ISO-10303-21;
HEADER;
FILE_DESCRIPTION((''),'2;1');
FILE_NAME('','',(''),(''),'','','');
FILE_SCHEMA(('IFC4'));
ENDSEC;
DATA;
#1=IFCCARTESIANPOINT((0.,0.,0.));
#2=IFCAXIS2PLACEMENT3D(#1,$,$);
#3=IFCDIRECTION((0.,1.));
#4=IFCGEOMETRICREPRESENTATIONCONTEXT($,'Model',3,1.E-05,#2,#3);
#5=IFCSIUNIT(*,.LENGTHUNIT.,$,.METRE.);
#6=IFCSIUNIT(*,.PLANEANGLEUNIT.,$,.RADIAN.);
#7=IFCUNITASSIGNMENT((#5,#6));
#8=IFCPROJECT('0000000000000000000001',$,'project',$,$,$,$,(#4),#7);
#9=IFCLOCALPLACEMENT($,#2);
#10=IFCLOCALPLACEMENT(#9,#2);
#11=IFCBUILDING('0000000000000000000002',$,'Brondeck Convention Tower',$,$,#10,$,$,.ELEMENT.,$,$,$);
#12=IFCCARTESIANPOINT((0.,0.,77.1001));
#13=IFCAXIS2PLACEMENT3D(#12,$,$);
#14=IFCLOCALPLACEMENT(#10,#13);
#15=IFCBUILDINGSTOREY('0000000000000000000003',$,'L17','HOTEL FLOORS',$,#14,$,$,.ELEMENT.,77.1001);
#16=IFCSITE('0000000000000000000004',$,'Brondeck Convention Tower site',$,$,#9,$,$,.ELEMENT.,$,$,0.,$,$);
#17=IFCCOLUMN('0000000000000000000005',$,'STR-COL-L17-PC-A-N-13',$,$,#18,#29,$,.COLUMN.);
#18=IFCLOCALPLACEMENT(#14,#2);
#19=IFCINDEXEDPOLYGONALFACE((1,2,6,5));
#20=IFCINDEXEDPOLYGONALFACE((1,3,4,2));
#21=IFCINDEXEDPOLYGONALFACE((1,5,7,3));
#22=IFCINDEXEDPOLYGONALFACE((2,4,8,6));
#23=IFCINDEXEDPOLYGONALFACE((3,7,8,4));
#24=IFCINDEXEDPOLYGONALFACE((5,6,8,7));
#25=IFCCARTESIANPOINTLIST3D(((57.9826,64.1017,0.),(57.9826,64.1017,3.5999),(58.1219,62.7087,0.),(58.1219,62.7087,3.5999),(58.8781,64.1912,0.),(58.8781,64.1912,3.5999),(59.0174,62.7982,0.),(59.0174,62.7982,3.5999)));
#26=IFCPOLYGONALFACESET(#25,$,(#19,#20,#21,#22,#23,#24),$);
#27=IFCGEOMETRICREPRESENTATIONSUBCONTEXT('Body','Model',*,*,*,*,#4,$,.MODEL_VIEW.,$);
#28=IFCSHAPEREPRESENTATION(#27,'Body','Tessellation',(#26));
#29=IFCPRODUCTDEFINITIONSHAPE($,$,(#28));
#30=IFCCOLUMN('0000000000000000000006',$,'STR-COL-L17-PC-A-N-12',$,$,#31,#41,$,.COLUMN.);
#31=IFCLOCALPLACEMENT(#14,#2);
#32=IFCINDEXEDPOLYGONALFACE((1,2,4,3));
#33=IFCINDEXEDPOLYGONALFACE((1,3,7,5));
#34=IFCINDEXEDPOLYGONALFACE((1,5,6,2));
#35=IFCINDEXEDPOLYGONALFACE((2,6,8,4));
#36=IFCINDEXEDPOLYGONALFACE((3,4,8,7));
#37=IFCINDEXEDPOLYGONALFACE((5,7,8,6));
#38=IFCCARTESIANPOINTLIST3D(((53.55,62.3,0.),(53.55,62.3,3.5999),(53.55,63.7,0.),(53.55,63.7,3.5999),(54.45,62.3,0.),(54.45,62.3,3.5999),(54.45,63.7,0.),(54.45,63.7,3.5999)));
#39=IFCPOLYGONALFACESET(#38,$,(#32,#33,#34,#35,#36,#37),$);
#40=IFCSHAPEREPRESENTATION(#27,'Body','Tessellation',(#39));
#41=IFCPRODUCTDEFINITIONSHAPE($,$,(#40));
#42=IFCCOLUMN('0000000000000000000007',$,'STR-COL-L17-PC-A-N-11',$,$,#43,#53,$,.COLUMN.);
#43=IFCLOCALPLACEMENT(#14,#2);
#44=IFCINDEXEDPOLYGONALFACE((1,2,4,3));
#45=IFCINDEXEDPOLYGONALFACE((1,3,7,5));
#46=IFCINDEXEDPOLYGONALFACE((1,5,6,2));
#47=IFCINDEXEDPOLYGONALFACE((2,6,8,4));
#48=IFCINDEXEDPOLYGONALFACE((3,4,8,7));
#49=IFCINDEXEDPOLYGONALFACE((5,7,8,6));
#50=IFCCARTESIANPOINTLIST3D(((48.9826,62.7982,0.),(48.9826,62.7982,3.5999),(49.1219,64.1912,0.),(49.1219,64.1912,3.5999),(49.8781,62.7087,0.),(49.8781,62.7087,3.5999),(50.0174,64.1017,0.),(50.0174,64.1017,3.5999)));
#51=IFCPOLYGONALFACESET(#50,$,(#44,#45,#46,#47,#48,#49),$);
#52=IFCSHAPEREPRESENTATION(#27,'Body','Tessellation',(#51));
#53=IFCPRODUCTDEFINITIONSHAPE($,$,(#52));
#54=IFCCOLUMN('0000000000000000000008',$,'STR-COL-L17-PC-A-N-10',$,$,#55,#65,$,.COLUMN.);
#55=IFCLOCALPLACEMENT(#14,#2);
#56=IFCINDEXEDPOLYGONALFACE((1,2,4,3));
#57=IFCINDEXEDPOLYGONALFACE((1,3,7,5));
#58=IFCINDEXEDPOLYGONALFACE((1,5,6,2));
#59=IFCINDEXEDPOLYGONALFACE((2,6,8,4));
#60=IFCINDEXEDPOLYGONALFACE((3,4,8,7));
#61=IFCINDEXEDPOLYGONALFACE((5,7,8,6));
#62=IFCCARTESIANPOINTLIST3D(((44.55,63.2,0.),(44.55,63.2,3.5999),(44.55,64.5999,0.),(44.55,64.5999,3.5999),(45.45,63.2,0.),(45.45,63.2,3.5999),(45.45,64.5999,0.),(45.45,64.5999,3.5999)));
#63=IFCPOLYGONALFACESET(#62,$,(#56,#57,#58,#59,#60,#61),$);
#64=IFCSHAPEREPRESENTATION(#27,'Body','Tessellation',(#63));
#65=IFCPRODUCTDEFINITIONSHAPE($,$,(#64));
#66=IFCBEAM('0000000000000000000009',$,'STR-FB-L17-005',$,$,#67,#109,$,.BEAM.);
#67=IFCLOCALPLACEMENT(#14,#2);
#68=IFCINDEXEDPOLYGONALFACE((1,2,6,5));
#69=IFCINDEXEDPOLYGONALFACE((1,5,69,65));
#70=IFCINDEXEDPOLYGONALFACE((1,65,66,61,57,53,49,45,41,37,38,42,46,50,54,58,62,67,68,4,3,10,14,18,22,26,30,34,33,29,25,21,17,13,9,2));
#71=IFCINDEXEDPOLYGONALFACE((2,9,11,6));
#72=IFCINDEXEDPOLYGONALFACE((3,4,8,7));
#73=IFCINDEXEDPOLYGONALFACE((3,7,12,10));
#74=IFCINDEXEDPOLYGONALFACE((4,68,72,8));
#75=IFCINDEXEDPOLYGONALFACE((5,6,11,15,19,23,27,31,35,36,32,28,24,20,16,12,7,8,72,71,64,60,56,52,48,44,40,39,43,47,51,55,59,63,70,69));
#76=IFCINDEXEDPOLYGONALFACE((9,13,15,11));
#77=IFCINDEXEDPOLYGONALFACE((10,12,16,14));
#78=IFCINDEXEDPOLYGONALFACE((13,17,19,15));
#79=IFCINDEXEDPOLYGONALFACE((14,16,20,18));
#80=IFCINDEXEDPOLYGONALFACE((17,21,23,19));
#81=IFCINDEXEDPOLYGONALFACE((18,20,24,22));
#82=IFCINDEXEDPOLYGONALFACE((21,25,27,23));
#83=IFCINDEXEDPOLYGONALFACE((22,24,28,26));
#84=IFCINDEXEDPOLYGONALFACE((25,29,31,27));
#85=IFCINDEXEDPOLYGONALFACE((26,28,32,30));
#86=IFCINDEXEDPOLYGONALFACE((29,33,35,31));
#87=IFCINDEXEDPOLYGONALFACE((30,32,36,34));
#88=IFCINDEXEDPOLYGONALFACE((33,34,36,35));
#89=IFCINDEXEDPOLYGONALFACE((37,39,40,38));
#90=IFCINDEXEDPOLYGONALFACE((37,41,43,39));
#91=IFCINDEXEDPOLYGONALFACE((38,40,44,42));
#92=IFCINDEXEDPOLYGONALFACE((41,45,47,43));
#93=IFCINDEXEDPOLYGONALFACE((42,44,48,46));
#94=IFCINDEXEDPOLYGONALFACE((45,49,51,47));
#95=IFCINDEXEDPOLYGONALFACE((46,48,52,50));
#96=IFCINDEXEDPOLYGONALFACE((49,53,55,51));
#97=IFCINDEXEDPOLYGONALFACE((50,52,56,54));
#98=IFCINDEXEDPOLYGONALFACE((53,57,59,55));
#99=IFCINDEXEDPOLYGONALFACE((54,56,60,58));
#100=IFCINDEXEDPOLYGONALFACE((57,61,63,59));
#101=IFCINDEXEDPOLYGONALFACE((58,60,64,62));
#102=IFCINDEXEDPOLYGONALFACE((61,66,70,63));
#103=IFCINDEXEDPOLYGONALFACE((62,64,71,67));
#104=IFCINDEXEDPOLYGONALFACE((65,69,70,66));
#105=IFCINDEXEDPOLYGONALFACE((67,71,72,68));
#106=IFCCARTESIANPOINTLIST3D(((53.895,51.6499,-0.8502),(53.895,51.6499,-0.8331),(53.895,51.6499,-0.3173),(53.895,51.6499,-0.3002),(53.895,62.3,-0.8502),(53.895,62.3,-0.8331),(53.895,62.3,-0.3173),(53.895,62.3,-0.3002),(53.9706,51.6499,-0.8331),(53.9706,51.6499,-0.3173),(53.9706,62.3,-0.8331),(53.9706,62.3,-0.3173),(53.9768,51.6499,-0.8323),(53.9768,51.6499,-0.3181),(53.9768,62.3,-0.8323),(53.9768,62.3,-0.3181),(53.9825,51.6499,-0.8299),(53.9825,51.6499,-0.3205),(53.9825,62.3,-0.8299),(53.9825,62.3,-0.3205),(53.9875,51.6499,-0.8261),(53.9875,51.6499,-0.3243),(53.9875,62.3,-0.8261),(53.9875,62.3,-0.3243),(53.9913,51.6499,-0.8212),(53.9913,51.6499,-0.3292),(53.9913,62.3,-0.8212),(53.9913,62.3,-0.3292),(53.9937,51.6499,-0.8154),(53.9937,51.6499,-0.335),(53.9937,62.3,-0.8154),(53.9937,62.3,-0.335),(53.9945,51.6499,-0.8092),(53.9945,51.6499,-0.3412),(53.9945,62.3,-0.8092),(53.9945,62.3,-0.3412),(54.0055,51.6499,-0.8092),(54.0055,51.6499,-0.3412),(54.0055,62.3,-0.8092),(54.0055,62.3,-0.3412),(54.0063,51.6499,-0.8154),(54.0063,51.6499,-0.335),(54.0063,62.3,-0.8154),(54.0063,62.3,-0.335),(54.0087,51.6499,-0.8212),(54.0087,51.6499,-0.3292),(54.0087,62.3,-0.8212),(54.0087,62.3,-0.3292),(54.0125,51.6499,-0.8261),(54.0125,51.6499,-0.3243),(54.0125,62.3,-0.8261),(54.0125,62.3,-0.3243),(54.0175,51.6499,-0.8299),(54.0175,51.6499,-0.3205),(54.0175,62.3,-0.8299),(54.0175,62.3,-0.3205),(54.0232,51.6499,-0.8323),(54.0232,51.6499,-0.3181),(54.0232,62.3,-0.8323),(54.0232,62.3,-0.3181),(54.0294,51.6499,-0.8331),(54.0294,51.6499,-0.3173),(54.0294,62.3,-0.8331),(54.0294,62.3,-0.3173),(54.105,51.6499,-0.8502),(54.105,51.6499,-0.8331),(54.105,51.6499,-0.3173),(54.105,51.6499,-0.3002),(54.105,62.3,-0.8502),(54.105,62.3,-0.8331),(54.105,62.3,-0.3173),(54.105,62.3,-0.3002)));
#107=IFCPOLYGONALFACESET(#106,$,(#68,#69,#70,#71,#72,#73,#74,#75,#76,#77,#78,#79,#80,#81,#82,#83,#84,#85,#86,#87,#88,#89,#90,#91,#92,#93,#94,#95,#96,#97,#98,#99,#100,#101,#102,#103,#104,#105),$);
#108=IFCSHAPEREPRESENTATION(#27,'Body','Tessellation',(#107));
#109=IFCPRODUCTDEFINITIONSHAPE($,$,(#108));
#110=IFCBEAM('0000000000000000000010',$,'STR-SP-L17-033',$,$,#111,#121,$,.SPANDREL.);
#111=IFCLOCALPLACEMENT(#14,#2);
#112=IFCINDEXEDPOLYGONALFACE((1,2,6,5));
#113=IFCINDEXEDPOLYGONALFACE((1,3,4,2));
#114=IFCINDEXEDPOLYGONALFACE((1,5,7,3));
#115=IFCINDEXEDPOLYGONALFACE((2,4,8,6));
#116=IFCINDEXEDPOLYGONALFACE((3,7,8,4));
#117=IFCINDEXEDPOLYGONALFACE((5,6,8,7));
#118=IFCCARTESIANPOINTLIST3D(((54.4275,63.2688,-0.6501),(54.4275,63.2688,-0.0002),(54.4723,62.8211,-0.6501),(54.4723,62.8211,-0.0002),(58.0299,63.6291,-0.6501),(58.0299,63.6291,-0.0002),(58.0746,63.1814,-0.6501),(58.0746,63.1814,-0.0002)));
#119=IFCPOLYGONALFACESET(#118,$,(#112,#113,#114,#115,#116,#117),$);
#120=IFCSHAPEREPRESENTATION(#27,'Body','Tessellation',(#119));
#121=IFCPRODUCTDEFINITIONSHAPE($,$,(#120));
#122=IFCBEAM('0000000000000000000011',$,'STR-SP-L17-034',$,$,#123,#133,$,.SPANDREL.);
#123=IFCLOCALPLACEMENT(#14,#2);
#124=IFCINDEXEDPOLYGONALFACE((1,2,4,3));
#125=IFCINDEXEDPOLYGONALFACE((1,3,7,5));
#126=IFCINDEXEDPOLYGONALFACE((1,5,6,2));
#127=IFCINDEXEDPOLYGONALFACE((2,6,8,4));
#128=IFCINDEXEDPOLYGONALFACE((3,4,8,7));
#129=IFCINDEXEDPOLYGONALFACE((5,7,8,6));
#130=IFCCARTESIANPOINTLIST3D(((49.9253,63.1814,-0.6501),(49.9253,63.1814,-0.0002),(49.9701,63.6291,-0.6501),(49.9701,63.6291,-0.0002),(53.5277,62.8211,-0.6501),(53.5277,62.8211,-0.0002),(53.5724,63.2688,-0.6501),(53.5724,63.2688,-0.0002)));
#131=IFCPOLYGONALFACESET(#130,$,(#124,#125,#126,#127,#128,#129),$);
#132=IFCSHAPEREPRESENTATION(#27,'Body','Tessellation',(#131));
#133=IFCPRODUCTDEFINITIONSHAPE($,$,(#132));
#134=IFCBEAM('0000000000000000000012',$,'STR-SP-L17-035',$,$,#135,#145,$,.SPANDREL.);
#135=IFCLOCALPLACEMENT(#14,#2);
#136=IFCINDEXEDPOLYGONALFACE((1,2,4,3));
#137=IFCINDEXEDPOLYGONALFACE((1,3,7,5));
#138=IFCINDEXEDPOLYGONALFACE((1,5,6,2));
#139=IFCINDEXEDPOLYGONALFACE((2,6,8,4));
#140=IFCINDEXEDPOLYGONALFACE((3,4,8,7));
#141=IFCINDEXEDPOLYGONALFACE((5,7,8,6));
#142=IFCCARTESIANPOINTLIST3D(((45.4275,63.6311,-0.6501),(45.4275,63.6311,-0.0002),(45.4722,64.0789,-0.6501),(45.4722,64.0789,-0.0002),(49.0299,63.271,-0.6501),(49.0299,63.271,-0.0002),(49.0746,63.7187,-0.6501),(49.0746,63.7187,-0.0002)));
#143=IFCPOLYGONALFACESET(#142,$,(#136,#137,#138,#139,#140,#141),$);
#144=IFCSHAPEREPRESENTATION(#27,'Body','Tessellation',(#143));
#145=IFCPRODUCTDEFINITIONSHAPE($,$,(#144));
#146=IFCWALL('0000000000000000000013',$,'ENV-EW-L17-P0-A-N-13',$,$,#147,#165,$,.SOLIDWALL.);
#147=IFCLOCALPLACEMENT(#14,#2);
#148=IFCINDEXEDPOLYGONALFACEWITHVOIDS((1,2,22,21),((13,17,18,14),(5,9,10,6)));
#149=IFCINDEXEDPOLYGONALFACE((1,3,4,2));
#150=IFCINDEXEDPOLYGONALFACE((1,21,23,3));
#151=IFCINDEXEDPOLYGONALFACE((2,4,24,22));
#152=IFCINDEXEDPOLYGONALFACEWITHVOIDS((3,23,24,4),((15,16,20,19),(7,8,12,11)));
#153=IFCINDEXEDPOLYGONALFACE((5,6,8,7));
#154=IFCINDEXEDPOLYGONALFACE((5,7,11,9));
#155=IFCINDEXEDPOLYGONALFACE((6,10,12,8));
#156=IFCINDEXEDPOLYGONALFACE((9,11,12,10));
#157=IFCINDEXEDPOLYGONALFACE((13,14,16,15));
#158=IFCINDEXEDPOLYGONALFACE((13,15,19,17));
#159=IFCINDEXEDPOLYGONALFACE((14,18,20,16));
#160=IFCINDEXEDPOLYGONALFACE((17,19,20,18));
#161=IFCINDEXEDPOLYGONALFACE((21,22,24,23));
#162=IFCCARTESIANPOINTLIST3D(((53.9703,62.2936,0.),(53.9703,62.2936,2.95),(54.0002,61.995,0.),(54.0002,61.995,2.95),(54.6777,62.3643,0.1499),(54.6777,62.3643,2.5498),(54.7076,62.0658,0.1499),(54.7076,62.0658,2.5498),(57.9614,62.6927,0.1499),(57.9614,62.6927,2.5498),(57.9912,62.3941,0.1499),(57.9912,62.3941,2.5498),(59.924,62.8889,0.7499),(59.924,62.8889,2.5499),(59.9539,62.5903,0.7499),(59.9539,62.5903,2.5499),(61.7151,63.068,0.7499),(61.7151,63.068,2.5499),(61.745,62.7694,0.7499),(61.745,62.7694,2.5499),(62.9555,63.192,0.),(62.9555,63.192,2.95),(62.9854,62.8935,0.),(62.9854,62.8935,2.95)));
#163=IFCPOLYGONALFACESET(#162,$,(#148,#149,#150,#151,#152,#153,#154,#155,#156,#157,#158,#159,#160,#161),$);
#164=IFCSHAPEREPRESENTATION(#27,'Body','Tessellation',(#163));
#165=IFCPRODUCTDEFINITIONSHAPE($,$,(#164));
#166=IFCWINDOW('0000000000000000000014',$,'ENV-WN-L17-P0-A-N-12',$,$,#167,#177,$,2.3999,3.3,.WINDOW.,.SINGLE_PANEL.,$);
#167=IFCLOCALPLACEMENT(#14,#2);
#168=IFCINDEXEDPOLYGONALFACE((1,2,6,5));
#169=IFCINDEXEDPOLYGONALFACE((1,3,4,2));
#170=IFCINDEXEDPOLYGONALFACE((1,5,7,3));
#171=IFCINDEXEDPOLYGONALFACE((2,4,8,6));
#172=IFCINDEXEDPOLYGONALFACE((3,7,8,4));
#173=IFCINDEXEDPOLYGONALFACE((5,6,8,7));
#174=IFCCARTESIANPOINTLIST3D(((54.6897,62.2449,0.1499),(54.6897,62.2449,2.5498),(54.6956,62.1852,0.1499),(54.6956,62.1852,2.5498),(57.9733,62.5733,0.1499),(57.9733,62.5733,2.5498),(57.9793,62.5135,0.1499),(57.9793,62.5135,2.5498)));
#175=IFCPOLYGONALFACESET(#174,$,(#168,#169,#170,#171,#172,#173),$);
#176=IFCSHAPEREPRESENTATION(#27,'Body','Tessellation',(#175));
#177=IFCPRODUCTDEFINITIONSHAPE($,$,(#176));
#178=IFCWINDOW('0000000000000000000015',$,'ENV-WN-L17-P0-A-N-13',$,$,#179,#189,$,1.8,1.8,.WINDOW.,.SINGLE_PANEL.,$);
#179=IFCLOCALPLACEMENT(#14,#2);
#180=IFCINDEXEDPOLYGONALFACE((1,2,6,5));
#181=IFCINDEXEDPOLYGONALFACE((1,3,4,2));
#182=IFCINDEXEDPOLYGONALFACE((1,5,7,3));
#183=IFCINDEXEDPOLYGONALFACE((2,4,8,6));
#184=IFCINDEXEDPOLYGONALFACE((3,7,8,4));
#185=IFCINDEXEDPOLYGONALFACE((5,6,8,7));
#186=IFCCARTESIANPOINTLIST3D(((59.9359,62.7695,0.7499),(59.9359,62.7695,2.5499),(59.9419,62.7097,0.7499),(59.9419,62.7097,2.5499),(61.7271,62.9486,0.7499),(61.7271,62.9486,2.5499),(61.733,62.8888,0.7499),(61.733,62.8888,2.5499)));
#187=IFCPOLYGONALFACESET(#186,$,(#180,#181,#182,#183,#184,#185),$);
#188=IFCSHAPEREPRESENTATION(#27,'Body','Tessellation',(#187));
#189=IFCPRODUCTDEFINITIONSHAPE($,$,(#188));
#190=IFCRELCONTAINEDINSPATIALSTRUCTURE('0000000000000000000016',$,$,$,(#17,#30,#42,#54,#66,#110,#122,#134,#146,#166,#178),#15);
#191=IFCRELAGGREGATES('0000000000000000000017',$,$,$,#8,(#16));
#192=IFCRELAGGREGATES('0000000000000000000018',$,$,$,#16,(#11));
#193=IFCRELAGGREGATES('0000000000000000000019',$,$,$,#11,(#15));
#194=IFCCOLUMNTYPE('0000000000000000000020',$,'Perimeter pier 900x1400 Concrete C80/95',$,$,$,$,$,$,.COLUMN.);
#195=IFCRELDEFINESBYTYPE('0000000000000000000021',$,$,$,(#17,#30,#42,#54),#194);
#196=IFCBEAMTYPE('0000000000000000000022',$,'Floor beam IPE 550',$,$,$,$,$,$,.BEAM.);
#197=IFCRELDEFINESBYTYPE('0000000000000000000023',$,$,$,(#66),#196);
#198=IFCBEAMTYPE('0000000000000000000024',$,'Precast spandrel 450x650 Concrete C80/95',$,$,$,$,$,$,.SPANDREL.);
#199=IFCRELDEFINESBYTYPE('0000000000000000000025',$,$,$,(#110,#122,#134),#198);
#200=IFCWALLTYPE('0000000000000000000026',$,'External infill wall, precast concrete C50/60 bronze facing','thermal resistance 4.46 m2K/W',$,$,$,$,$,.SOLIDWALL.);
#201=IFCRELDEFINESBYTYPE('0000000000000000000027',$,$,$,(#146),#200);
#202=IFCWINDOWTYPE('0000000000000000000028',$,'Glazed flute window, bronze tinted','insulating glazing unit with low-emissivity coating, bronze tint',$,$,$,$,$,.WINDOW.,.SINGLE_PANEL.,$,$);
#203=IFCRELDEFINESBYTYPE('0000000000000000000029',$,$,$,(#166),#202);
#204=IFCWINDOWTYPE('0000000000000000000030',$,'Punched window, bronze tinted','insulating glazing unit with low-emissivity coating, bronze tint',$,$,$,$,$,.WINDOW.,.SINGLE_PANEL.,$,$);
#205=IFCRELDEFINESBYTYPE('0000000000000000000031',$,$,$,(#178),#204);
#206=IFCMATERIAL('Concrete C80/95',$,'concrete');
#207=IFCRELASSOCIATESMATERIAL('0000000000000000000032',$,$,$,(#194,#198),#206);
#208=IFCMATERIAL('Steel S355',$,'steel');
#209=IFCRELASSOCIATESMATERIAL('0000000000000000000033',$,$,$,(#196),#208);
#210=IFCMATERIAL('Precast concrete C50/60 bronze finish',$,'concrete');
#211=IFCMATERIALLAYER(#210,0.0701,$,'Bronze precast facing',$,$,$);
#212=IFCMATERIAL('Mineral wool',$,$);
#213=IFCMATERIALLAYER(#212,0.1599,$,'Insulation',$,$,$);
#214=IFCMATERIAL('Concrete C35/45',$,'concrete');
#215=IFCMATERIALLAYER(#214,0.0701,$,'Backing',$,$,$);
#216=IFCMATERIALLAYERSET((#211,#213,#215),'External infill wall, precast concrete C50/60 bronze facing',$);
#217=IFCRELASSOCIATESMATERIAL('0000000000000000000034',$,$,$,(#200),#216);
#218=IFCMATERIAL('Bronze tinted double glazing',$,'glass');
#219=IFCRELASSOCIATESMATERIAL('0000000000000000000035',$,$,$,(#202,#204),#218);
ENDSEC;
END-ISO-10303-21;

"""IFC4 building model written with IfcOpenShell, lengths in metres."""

from ifc_helpers import new_model, si_unit, direction, frame, frame_2d, origin, origin_2d, place, context, subcontext, project, spatial, rectangle, i_section, extrude, material, layer, layer_set, material_profile, profile_set, type_object, element, fill, save


model = new_model("IFC4")

# Units and contexts
model_context = context("Model", 3, precision=1e-05, world=origin(), true_north=direction((0.0, 1.0)))
body_context = subcontext(model_context, "Body", "Model", "MODEL_VIEW")
ifc_project = project(units=[si_unit("LENGTHUNIT", "METRE"), si_unit("PLANEANGLEUNIT", "RADIAN")], contexts=[model_context])

# Site, building, storey
site_placement = place(None, origin())
site = spatial("IfcSite", under=ifc_project, at=site_placement, Name="Brondeck Convention Tower site", CompositionType="ELEMENT", RefElevation=0.0)
building_placement = place(site_placement, origin())
building = spatial("IfcBuilding", under=site, at=building_placement, Name="Brondeck Convention Tower", CompositionType="ELEMENT")
storey_placement = place(building_placement, frame((0.0, 0.0, 77.1001)))
storey = spatial("IfcBuildingStorey", under=building, at=storey_placement, Name="L17", Description="HOTEL FLOORS", CompositionType="ELEMENT", Elevation=77.1001)

# Columns
ifc_material_1 = material(Name="Concrete C80/95", Category="concrete")
ifc_material_profile_1 = material_profile(ifc_material_1, rectangle(XDim=0.8999, YDim=1.3999, at=origin_2d()), Name="Perimeter pier 900x1400 Concrete C80/95")
ifc_profile_set_1 = profile_set([ifc_material_profile_1], Name="Concrete C80/95")
column_type = type_object("IfcColumnType", Name="Perimeter pier 900x1400 Concrete C80/95", PredefinedType="COLUMN", material=ifc_profile_set_1)
for number, where, z_axis, x_axis, name in (
    (1, (58.5, 63.45, 0.0), (0.0, 0.0, 1.0), (-0.995037, -0.099504, 0.0), "STR-COL-L17-PC-A-N-13"),
    (2, (54.0, 63.0, 0.0), (0.0, 0.0, 1.0), (-1.0, 0.0, 0.0), "STR-COL-L17-PC-A-N-12"),
    (3, (49.5, 63.45, 0.0), (0.0, 0.0, 1.0), (-0.995037, 0.099504, 0.0), "STR-COL-L17-PC-A-N-11"),
    (4, (45.0, 63.8999, 0.0), (0.0, 0.0, 1.0), (-1.0, 0.0, 0.0), "STR-COL-L17-PC-A-N-10"),
):
    element("IfcColumn", number, at=place(storey_placement, frame(where, z_axis=z_axis, x_axis=x_axis)), inside=storey, type_object=column_type, Name=name, PredefinedType="COLUMN", context=body_context, shape_type="SweptSolid", body=[
        extrude(rectangle(XDim=0.8999, YDim=1.3999, at=origin_2d()), origin(), (0.0, 0.0, 1.0), 3.5999),
    ])

# Beams
ifc_material_2 = material(Name="Steel S355", Category="steel")
ifc_material_profile_2 = material_profile(ifc_material_2, i_section(OverallWidth=0.21, OverallDepth=0.55, WebThickness=0.011, FlangeThickness=0.0171, FilletRadius=0.0239, at=origin_2d()), Name="IPE 550")
ifc_profile_set_2 = profile_set([ifc_material_profile_2], Name="Steel S355")
beam_type_1 = type_object("IfcBeamType", Name="Floor beam IPE 550", PredefinedType="BEAM", material=ifc_profile_set_2)
beam_placement = place(storey_placement, frame((54.0, 51.6499, -0.5752), z_axis=(0.0, 1.0, 0.0), x_axis=(-1.0, 0.0, 0.0)))
element("IfcBeam", 5, at=beam_placement, inside=storey, type_object=beam_type_1, Name="STR-FB-L17-005", PredefinedType="BEAM", context=body_context, shape_type="SweptSolid", body=[
    extrude(i_section(OverallWidth=0.21, OverallDepth=0.55, WebThickness=0.011, FlangeThickness=0.0171, FilletRadius=0.0239, at=origin_2d()), origin(), (0.0, 0.0, 1.0), 10.6501),
])
ifc_material_profile_3 = material_profile(ifc_material_1, rectangle(XDim=0.45, YDim=0.6499, at=origin_2d()), Name="Precast spandrel 450x650 Concrete C80/95")
ifc_profile_set_3 = profile_set([ifc_material_profile_3], Name="Concrete C80/95")
beam_type_2 = type_object("IfcBeamType", Name="Precast spandrel 450x650 Concrete C80/95", PredefinedType="SPANDREL", material=ifc_profile_set_3)
for number, where, z_axis, x_axis, name in (
    (6, (58.0522, 63.4053, -0.3252), (-0.995034, -0.099537, 0.0), (0.099537, -0.995034, 0.0), "STR-SP-L17-033"),
    (7, (53.55, 63.0449, -0.3252), (-0.995034, 0.099537, 0.0), (-0.099537, -0.995034, 0.0), "STR-SP-L17-034"),
    (8, (49.0522, 63.4949, -0.3252), (-0.995041, 0.09947, 0.0), (-0.09947, -0.995041, 0.0), "STR-SP-L17-035"),
):
    element("IfcBeam", number, at=place(storey_placement, frame(where, z_axis=z_axis, x_axis=x_axis)), inside=storey, type_object=beam_type_2, Name=name, PredefinedType="SPANDREL", context=body_context, shape_type="SweptSolid", body=[
        extrude(rectangle(XDim=0.45, YDim=0.6499, at=origin_2d()), origin(), (0.0, 0.0, 1.0), 3.6204),
    ])

# Wall, openings, windows
ifc_material_3 = material(Name="Precast concrete C50/60 bronze finish", Category="concrete")
ifc_layer_1 = layer(ifc_material_3, 0.0701, Name="Bronze precast facing")
ifc_material_4 = material(Name="Mineral wool")
ifc_layer_2 = layer(ifc_material_4, 0.1599, Name="Insulation")
ifc_material_5 = material(Name="Concrete C35/45", Category="concrete")
ifc_layer_3 = layer(ifc_material_5, 0.0701, Name="Backing")
ifc_layer_set_1 = layer_set([ifc_layer_1, ifc_layer_2, ifc_layer_3], Name="External infill wall, precast concrete C50/60 bronze facing")
wall_type_1 = type_object("IfcWallType", Name="External infill wall, precast concrete C50/60 bronze facing", Description="thermal resistance 4.46 m2K/W", PredefinedType="SOLIDWALL", material=ifc_layer_set_1)
wall_1_placement = place(storey_placement, frame((53.9851, 62.1443, 0.0), z_axis=(0.0, 0.0, 1.0), x_axis=(0.995038, 0.099496, 0.0)))
wall_1 = element("IfcWall", 9, at=wall_1_placement, inside=storey, type_object=wall_type_1, Name="ENV-EW-L17-P0-A-N-13", PredefinedType="SOLIDWALL", context=body_context, shape_type="SweptSolid", body=[
    extrude(rectangle(XDim=9.03, YDim=0.3, at=frame_2d((4.5151, 0.0))), origin(), (0.0, 0.0, 1.0), 2.95),
])
opening_1_placement = place(wall_1_placement, frame((0.7112, 0.0, 0.1499)))
opening_1 = element("IfcOpeningElement", 10, at=opening_1_placement, cuts=wall_1, PredefinedType="OPENING", context=body_context, shape_type="SweptSolid", body=[
    extrude(rectangle(XDim=3.3, YDim=2.3999, at=frame_2d((1.6499, 1.2))), frame((0.0, 0.1599, 0.0), z_axis=(0.0, -1.0, 0.0), x_axis=(1.0, 0.0, 0.0)), (0.0, 0.0, 1.0), 0.3201),
])
opening_2_placement = place(wall_1_placement, frame((5.9836, 0.0, 0.75)))
opening_2 = element("IfcOpeningElement", 11, at=opening_2_placement, cuts=wall_1, PredefinedType="OPENING", context=body_context, shape_type="SweptSolid", body=[
    extrude(rectangle(XDim=1.8, YDim=1.8, at=frame_2d((0.8999, 0.8999))), frame((0.0, 0.1599, 0.0), z_axis=(0.0, -1.0, 0.0), x_axis=(1.0, 0.0, 0.0)), (0.0, 0.0, 1.0), 0.3201),
])
ifc_material_6 = material(Name="Bronze tinted double glazing", Category="glass")
window_type_1 = type_object("IfcWindowType", Name="Glazed flute window, bronze tinted", Description="insulating glazing unit with low-emissivity coating, bronze tint", PartitioningType="SINGLE_PANEL", PredefinedType="WINDOW", material=ifc_material_6)
window_1_placement = place(opening_1_placement, origin())
window_1 = element("IfcWindow", 12, at=window_1_placement, inside=storey, type_object=window_type_1, Name="ENV-WN-L17-P0-A-N-12", OverallHeight=2.3999, OverallWidth=3.3, PartitioningType="SINGLE_PANEL", PredefinedType="WINDOW", context=body_context, shape_type="SweptSolid", body=[
    extrude(rectangle(XDim=3.3, YDim=2.3999, at=frame_2d((1.6499, 1.2))), frame((0.0, 0.03, 0.0), z_axis=(0.0, -1.0, 0.0), x_axis=(1.0, 0.0, 0.0)), (0.0, 0.0, 1.0), 0.0601),
])
fill(opening_1, window_1)
window_type_2 = type_object("IfcWindowType", Name="Punched window, bronze tinted", Description="insulating glazing unit with low-emissivity coating, bronze tint", PartitioningType="SINGLE_PANEL", PredefinedType="WINDOW", material=ifc_material_6)
window_2_placement = place(opening_2_placement, origin())
window_2 = element("IfcWindow", 13, at=window_2_placement, inside=storey, type_object=window_type_2, Name="ENV-WN-L17-P0-A-N-13", OverallHeight=1.8, OverallWidth=1.8, PartitioningType="SINGLE_PANEL", PredefinedType="WINDOW", context=body_context, shape_type="SweptSolid", body=[
    extrude(rectangle(XDim=1.8, YDim=1.8, at=frame_2d((0.8999, 0.8999))), frame((0.0, 0.03, 0.0), z_axis=(0.0, -1.0, 0.0), x_axis=(1.0, 0.0, 0.0)), (0.0, 0.0, 1.0), 0.0601),
])
fill(opening_2, window_2)

save(model, "model.ifc")
